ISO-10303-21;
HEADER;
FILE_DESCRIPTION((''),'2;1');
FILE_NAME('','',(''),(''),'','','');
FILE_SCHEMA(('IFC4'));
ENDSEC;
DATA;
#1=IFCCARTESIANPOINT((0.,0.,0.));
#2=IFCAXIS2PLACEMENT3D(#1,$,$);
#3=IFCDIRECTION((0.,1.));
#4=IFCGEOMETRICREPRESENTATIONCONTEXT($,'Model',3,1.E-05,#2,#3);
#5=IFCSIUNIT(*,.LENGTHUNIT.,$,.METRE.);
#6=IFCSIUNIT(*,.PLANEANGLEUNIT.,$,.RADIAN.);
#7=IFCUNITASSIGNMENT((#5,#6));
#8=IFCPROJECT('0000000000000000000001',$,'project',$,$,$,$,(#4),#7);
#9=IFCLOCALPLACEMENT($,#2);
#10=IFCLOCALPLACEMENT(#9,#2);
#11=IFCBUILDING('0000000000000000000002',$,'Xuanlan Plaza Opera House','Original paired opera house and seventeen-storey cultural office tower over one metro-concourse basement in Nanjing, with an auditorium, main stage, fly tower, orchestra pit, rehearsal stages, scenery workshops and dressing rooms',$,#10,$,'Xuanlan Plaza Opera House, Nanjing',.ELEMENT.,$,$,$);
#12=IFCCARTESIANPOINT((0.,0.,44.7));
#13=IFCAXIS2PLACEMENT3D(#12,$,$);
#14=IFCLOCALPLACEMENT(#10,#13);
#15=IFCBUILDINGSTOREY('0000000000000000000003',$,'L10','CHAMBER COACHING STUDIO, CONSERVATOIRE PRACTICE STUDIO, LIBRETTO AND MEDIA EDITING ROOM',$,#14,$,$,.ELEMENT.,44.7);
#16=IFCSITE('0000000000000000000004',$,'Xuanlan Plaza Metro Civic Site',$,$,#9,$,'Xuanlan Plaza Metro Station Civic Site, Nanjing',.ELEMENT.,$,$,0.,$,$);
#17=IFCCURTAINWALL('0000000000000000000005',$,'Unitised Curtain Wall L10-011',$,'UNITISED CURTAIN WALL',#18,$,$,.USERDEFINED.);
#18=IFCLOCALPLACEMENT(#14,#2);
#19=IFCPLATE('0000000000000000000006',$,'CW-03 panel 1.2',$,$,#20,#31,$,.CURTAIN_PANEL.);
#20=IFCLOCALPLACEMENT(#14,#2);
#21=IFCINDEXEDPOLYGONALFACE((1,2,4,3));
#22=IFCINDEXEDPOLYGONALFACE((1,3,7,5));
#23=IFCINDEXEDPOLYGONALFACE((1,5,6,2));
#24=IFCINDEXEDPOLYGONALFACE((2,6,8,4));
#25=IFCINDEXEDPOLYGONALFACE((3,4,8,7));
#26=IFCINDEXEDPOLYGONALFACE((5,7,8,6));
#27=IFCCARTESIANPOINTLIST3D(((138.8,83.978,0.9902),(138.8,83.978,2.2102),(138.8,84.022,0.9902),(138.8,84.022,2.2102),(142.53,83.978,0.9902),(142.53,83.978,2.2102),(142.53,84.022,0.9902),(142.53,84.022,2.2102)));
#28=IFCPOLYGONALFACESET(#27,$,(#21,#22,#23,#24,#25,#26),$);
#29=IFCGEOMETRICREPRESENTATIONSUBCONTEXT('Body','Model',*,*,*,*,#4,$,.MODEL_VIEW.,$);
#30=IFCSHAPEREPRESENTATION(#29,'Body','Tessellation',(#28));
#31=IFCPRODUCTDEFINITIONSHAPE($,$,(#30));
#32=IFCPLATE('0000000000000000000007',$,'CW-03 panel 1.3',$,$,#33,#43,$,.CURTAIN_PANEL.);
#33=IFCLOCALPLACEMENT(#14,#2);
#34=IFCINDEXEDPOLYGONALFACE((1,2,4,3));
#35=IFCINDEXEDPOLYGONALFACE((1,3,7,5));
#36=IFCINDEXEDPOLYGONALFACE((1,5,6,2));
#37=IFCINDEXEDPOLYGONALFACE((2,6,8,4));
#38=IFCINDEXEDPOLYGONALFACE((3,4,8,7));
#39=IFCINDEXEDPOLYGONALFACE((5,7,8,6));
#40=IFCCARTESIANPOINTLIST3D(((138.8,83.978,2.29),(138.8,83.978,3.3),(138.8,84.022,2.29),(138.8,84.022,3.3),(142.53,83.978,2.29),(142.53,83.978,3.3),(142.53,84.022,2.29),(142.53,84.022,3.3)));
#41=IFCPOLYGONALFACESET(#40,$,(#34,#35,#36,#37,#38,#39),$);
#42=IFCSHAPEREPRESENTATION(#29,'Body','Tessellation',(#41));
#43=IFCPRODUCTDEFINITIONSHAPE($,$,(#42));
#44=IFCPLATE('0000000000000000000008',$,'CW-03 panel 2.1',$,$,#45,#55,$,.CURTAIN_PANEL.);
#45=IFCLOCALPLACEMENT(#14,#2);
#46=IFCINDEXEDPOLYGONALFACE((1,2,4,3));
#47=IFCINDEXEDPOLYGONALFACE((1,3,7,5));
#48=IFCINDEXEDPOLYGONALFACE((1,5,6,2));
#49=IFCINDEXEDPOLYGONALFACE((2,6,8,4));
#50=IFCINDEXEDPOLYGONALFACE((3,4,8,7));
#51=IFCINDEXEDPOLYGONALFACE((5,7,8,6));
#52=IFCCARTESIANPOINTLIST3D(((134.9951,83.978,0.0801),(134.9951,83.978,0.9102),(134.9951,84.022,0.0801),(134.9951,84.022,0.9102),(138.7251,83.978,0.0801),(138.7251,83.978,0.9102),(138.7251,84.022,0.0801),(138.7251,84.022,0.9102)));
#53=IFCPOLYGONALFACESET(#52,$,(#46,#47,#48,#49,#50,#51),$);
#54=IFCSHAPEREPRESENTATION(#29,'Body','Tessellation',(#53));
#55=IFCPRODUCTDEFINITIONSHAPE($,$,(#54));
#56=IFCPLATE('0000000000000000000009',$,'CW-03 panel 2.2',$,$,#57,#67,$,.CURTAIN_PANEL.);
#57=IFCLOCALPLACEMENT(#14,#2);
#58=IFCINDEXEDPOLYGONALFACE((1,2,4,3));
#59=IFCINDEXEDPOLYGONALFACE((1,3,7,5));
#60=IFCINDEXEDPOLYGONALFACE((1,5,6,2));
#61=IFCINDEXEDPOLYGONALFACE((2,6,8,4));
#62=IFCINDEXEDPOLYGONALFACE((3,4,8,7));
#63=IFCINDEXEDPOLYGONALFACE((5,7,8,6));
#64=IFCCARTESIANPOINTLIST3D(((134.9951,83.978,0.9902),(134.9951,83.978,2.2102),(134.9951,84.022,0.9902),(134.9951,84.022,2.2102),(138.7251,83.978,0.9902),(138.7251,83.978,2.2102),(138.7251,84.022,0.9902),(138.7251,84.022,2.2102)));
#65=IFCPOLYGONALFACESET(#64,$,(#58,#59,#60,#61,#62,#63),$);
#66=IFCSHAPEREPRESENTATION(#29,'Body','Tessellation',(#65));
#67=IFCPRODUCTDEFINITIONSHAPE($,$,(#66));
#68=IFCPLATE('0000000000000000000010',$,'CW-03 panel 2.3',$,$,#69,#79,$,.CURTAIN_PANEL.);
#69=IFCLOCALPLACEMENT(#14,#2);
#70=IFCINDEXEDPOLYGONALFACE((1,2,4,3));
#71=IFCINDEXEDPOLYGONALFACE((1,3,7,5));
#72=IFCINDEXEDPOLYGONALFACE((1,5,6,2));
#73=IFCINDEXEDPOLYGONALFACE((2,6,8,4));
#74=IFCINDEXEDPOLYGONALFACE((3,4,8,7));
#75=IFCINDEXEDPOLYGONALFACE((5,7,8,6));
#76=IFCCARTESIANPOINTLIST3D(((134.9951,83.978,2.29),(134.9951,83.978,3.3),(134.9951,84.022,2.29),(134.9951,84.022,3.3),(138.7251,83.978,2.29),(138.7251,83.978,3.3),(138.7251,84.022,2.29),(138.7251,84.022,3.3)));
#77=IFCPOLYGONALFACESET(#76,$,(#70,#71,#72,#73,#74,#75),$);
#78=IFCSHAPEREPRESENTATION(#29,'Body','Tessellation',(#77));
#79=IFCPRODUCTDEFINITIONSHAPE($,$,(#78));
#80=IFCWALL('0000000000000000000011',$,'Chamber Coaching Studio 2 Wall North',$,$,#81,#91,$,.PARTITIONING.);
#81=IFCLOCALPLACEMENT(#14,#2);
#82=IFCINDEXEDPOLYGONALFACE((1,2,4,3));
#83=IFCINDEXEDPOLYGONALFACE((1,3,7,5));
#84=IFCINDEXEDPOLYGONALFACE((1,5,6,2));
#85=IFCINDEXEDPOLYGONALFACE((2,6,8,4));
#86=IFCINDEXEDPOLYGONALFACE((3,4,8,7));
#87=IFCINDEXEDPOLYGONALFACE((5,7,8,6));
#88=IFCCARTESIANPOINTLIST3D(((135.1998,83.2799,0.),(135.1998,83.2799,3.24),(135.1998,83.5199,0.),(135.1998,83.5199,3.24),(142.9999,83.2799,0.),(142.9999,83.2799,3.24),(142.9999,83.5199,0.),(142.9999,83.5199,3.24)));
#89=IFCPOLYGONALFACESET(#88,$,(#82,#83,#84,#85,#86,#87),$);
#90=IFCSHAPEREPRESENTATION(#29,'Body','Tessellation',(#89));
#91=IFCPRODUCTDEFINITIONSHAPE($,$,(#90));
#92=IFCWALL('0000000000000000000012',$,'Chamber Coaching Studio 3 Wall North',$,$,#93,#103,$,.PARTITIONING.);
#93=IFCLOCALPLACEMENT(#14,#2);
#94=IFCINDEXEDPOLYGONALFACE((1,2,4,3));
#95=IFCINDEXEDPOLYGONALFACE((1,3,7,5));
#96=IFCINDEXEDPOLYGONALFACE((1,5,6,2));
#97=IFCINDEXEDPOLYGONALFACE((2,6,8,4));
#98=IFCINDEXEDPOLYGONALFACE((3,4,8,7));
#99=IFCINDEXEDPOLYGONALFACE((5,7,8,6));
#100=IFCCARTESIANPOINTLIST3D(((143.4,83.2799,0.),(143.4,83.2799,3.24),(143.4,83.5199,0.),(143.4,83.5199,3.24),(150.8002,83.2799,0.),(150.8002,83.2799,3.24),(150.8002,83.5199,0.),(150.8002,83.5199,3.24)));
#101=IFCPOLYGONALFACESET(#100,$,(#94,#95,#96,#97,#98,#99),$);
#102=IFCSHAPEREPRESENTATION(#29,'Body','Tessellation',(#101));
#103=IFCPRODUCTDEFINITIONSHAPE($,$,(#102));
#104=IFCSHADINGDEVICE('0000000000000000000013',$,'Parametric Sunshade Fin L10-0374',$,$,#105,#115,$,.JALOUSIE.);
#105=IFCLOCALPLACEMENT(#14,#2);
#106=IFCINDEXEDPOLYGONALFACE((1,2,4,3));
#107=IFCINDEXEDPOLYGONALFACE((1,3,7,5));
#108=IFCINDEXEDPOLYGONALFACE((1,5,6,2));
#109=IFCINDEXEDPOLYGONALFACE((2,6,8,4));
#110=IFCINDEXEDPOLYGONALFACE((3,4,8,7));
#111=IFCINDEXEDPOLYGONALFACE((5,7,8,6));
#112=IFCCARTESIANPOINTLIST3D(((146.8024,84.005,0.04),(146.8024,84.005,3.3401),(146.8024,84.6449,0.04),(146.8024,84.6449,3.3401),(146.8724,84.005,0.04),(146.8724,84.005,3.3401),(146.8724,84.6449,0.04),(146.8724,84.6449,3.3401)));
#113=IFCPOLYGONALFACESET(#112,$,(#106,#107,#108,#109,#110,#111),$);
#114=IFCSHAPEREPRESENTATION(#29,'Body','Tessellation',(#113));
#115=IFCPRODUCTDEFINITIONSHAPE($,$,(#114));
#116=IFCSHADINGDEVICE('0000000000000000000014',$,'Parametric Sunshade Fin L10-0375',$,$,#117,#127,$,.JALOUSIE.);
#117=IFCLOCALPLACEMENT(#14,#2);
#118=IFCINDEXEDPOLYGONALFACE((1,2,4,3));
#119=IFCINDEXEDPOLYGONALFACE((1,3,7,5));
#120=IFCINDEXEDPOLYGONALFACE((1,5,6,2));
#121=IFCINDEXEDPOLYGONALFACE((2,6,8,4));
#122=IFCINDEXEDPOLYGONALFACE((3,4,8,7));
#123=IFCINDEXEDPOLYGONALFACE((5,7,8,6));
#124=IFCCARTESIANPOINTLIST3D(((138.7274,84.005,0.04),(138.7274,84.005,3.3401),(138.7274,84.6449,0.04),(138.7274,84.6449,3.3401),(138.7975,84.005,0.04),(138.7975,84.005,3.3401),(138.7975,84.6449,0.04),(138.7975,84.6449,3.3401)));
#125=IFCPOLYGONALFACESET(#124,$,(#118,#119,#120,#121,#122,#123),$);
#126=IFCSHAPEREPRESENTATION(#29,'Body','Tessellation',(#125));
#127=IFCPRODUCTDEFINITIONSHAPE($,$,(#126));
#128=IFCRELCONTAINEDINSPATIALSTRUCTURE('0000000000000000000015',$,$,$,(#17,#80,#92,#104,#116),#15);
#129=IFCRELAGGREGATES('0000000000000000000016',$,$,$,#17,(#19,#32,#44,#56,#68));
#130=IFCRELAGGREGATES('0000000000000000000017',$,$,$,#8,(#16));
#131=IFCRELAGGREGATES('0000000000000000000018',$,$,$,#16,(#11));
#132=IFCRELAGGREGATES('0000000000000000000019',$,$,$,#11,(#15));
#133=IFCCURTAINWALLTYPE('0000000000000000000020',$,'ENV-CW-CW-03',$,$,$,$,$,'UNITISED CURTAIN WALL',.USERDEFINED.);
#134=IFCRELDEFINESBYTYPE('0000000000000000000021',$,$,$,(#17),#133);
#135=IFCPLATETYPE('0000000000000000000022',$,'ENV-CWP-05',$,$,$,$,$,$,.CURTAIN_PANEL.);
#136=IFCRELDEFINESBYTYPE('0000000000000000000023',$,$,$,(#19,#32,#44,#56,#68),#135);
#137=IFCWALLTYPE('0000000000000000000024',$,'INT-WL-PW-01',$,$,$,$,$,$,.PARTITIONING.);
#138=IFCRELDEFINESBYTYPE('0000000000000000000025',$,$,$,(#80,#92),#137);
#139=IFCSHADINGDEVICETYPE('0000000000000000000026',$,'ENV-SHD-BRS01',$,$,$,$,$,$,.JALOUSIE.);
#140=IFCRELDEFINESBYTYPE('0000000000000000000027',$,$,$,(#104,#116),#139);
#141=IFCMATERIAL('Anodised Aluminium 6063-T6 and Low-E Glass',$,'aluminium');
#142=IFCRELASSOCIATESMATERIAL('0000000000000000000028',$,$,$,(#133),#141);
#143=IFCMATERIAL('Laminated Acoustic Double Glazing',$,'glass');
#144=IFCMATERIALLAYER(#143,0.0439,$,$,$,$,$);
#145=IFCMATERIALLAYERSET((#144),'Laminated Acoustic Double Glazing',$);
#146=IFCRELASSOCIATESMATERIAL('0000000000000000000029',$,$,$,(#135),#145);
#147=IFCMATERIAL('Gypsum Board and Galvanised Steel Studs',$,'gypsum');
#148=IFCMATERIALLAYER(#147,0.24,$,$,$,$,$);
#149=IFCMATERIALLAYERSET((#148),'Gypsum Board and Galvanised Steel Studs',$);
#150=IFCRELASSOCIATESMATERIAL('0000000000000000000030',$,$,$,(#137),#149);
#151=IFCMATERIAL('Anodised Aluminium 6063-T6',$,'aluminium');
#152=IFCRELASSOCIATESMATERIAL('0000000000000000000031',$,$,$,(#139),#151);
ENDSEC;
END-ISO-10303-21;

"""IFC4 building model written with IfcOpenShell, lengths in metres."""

from ifc_helpers import new_model, si_unit, direction, frame, frame_2d, origin, origin_2d, place, context, subcontext, project, spatial, rectangle, extrude, material, layer, layer_set, type_object, element, aggregate, save


model = new_model("IFC4")

# Units and contexts
model_context = context("Model", 3, precision=1e-05, world=origin(), true_north=direction((0.0, 1.0)))
body_context = subcontext(model_context, "Body", "Model", "MODEL_VIEW")
ifc_project = project(units=[si_unit("LENGTHUNIT", "METRE"), si_unit("PLANEANGLEUNIT", "RADIAN")], contexts=[model_context])

# Site, building, storey
site_placement = place(None, origin())
site = spatial("IfcSite", under=ifc_project, at=site_placement, Name="Xuanlan Plaza Metro Civic Site", LongName="Xuanlan Plaza Metro Station Civic Site, Nanjing", CompositionType="ELEMENT", RefElevation=0.0)
building_placement = place(site_placement, origin())
building = spatial("IfcBuilding", under=site, at=building_placement, Name="Xuanlan Plaza Opera House", Description="Original paired opera house and seventeen-storey cultural office tower over one metro-concourse basement in Nanjing, with an auditorium, main stage, fly tower, orchestra pit, rehearsal stages, scenery workshops and dressing rooms", LongName="Xuanlan Plaza Opera House, Nanjing", CompositionType="ELEMENT")
storey_placement = place(building_placement, frame((0.0, 0.0, 44.7)))
storey = spatial("IfcBuildingStorey", under=building, at=storey_placement, Name="L10", Description="CHAMBER COACHING STUDIO, CONSERVATOIRE PRACTICE STUDIO, LIBRETTO AND MEDIA EDITING ROOM", CompositionType="ELEMENT", Elevation=44.7)

# Curtain wall
ifc_material_1 = material(Name="Anodised Aluminium 6063-T6 and Low-E Glass", Category="aluminium")
ifc_material_2 = material(Name="Anodised Aluminium 6063-T6", Category="aluminium")
curtain_wall_type_1 = type_object("IfcCurtainWallType", Name="ENV-CW-CW-03", ElementType="UNITISED CURTAIN WALL", PredefinedType="USERDEFINED", material=ifc_material_1)
curtain_wall_1_placement = place(storey_placement, origin())
curtain_wall_1 = element("IfcCurtainWall", 1, at=curtain_wall_1_placement, inside=storey, type_object=curtain_wall_type_1, Name="Unitised Curtain Wall L10-011", ObjectType="UNITISED CURTAIN WALL", PredefinedType="USERDEFINED")

# Plates
ifc_material_3 = material(Name="Laminated Acoustic Double Glazing", Category="glass")
ifc_layer_1 = layer(ifc_material_3, 0.0439)
ifc_layer_set_1 = layer_set([ifc_layer_1], Name="Laminated Acoustic Double Glazing")
plate_type_1 = type_object("IfcPlateType", Name="ENV-CWP-05", PredefinedType="CURTAIN_PANEL", material=ifc_layer_set_1)
plate_1_placement = place(storey_placement, frame((140.665, 84.0, 0.9902), z_axis=(0.0, 0.0, 1.0), x_axis=(-1.0, 0.0, 0.0)))
plate_1 = element("IfcPlate", 2, at=plate_1_placement, type_object=plate_type_1, Name="CW-03 panel 1.2", PredefinedType="CURTAIN_PANEL", context=body_context, shape_type="SweptSolid", body=[
    extrude(rectangle(XDim=3.73, YDim=0.0439, at=origin_2d()), origin(), (0.0, 0.0, 1.0), 1.22),
])
plate_2_placement = place(storey_placement, frame((140.665, 84.0, 2.29), z_axis=(0.0, 0.0, 1.0), x_axis=(-1.0, 0.0, 0.0)))
plate_2 = element("IfcPlate", 3, at=plate_2_placement, type_object=plate_type_1, Name="CW-03 panel 1.3", PredefinedType="CURTAIN_PANEL", context=body_context, shape_type="SweptSolid", body=[
    extrude(rectangle(XDim=3.73, YDim=0.0439, at=origin_2d()), origin(), (0.0, 0.0, 1.0), 1.01),
])
plate_3_placement = place(storey_placement, frame((136.8601, 84.0, 0.0801), z_axis=(0.0, 0.0, 1.0), x_axis=(-1.0, 0.0, 0.0)))
plate_3 = element("IfcPlate", 4, at=plate_3_placement, type_object=plate_type_1, Name="CW-03 panel 2.1", PredefinedType="CURTAIN_PANEL", context=body_context, shape_type="SweptSolid", body=[
    extrude(rectangle(XDim=3.73, YDim=0.0439, at=origin_2d()), origin(), (0.0, 0.0, 1.0), 0.8301),
])
plate_4_placement = place(storey_placement, frame((136.8601, 84.0, 0.9902), z_axis=(0.0, 0.0, 1.0), x_axis=(-1.0, 0.0, 0.0)))
plate_4 = element("IfcPlate", 5, at=plate_4_placement, type_object=plate_type_1, Name="CW-03 panel 2.2", PredefinedType="CURTAIN_PANEL", context=body_context, shape_type="SweptSolid", body=[
    extrude(rectangle(XDim=3.73, YDim=0.0439, at=origin_2d()), origin(), (0.0, 0.0, 1.0), 1.22),
])
plate_5_placement = place(storey_placement, frame((136.8601, 84.0, 2.29), z_axis=(0.0, 0.0, 1.0), x_axis=(-1.0, 0.0, 0.0)))
plate_5 = element("IfcPlate", 6, at=plate_5_placement, type_object=plate_type_1, Name="CW-03 panel 2.3", PredefinedType="CURTAIN_PANEL", context=body_context, shape_type="SweptSolid", body=[
    extrude(rectangle(XDim=3.73, YDim=0.0439, at=origin_2d()), origin(), (0.0, 0.0, 1.0), 1.01),
])
aggregate(curtain_wall_1, [plate_1, plate_2, plate_3, plate_4, plate_5])

# Walls
ifc_material_4 = material(Name="Gypsum Board and Galvanised Steel Studs", Category="gypsum")
ifc_layer_2 = layer(ifc_material_4, 0.24)
ifc_layer_set_2 = layer_set([ifc_layer_2], Name="Gypsum Board and Galvanised Steel Studs")
wall_type = type_object("IfcWallType", Name="INT-WL-PW-01", PredefinedType="PARTITIONING", material=ifc_layer_set_2)
wall_1_placement = place(storey_placement, frame((135.2, 83.3999, 0.0), z_axis=(0.0, 0.0, 1.0), x_axis=(1.0, 0.0, 0.0)))
element("IfcWall", 7, at=wall_1_placement, inside=storey, type_object=wall_type, Name="Chamber Coaching Studio 2 Wall North", PredefinedType="PARTITIONING", context=body_context, shape_type="SweptSolid", body=[
    extrude(rectangle(XDim=7.8, YDim=0.24, at=frame_2d((3.8999, 0.0))), origin(), (0.0, 0.0, 1.0), 3.24),
])
wall_2_placement = place(storey_placement, frame((143.3999, 83.3999, 0.0), z_axis=(0.0, 0.0, 1.0), x_axis=(1.0, 0.0, 0.0)))
element("IfcWall", 8, at=wall_2_placement, inside=storey, type_object=wall_type, Name="Chamber Coaching Studio 3 Wall North", PredefinedType="PARTITIONING", context=body_context, shape_type="SweptSolid", body=[
    extrude(rectangle(XDim=7.4001, YDim=0.24, at=frame_2d((3.7002, 0.0))), origin(), (0.0, 0.0, 1.0), 3.24),
])

# Shading devices
shading_device_type = type_object("IfcShadingDeviceType", Name="ENV-SHD-BRS01", PredefinedType="JALOUSIE", material=ifc_material_2)
for number, where, z_axis, x_axis, name in (
    (9, (146.8374, 84.325, 0.04), (0.0, 0.0, 1.0), (0.0, 1.0, 0.0), "Parametric Sunshade Fin L10-0374"),
    (10, (138.7625, 84.325, 0.04), (0.0, 0.0, 1.0), (0.0, 1.0, 0.0), "Parametric Sunshade Fin L10-0375"),
):
    element("IfcShadingDevice", number, at=place(storey_placement, frame(where, z_axis=z_axis, x_axis=x_axis)), inside=storey, type_object=shading_device_type, Name=name, PredefinedType="JALOUSIE", context=body_context, shape_type="SweptSolid", body=[
        extrude(rectangle(XDim=0.6399, YDim=0.0701, at=origin_2d()), origin(), (0.0, 0.0, 1.0), 3.3),
    ])

save(model, "model.ifc")
